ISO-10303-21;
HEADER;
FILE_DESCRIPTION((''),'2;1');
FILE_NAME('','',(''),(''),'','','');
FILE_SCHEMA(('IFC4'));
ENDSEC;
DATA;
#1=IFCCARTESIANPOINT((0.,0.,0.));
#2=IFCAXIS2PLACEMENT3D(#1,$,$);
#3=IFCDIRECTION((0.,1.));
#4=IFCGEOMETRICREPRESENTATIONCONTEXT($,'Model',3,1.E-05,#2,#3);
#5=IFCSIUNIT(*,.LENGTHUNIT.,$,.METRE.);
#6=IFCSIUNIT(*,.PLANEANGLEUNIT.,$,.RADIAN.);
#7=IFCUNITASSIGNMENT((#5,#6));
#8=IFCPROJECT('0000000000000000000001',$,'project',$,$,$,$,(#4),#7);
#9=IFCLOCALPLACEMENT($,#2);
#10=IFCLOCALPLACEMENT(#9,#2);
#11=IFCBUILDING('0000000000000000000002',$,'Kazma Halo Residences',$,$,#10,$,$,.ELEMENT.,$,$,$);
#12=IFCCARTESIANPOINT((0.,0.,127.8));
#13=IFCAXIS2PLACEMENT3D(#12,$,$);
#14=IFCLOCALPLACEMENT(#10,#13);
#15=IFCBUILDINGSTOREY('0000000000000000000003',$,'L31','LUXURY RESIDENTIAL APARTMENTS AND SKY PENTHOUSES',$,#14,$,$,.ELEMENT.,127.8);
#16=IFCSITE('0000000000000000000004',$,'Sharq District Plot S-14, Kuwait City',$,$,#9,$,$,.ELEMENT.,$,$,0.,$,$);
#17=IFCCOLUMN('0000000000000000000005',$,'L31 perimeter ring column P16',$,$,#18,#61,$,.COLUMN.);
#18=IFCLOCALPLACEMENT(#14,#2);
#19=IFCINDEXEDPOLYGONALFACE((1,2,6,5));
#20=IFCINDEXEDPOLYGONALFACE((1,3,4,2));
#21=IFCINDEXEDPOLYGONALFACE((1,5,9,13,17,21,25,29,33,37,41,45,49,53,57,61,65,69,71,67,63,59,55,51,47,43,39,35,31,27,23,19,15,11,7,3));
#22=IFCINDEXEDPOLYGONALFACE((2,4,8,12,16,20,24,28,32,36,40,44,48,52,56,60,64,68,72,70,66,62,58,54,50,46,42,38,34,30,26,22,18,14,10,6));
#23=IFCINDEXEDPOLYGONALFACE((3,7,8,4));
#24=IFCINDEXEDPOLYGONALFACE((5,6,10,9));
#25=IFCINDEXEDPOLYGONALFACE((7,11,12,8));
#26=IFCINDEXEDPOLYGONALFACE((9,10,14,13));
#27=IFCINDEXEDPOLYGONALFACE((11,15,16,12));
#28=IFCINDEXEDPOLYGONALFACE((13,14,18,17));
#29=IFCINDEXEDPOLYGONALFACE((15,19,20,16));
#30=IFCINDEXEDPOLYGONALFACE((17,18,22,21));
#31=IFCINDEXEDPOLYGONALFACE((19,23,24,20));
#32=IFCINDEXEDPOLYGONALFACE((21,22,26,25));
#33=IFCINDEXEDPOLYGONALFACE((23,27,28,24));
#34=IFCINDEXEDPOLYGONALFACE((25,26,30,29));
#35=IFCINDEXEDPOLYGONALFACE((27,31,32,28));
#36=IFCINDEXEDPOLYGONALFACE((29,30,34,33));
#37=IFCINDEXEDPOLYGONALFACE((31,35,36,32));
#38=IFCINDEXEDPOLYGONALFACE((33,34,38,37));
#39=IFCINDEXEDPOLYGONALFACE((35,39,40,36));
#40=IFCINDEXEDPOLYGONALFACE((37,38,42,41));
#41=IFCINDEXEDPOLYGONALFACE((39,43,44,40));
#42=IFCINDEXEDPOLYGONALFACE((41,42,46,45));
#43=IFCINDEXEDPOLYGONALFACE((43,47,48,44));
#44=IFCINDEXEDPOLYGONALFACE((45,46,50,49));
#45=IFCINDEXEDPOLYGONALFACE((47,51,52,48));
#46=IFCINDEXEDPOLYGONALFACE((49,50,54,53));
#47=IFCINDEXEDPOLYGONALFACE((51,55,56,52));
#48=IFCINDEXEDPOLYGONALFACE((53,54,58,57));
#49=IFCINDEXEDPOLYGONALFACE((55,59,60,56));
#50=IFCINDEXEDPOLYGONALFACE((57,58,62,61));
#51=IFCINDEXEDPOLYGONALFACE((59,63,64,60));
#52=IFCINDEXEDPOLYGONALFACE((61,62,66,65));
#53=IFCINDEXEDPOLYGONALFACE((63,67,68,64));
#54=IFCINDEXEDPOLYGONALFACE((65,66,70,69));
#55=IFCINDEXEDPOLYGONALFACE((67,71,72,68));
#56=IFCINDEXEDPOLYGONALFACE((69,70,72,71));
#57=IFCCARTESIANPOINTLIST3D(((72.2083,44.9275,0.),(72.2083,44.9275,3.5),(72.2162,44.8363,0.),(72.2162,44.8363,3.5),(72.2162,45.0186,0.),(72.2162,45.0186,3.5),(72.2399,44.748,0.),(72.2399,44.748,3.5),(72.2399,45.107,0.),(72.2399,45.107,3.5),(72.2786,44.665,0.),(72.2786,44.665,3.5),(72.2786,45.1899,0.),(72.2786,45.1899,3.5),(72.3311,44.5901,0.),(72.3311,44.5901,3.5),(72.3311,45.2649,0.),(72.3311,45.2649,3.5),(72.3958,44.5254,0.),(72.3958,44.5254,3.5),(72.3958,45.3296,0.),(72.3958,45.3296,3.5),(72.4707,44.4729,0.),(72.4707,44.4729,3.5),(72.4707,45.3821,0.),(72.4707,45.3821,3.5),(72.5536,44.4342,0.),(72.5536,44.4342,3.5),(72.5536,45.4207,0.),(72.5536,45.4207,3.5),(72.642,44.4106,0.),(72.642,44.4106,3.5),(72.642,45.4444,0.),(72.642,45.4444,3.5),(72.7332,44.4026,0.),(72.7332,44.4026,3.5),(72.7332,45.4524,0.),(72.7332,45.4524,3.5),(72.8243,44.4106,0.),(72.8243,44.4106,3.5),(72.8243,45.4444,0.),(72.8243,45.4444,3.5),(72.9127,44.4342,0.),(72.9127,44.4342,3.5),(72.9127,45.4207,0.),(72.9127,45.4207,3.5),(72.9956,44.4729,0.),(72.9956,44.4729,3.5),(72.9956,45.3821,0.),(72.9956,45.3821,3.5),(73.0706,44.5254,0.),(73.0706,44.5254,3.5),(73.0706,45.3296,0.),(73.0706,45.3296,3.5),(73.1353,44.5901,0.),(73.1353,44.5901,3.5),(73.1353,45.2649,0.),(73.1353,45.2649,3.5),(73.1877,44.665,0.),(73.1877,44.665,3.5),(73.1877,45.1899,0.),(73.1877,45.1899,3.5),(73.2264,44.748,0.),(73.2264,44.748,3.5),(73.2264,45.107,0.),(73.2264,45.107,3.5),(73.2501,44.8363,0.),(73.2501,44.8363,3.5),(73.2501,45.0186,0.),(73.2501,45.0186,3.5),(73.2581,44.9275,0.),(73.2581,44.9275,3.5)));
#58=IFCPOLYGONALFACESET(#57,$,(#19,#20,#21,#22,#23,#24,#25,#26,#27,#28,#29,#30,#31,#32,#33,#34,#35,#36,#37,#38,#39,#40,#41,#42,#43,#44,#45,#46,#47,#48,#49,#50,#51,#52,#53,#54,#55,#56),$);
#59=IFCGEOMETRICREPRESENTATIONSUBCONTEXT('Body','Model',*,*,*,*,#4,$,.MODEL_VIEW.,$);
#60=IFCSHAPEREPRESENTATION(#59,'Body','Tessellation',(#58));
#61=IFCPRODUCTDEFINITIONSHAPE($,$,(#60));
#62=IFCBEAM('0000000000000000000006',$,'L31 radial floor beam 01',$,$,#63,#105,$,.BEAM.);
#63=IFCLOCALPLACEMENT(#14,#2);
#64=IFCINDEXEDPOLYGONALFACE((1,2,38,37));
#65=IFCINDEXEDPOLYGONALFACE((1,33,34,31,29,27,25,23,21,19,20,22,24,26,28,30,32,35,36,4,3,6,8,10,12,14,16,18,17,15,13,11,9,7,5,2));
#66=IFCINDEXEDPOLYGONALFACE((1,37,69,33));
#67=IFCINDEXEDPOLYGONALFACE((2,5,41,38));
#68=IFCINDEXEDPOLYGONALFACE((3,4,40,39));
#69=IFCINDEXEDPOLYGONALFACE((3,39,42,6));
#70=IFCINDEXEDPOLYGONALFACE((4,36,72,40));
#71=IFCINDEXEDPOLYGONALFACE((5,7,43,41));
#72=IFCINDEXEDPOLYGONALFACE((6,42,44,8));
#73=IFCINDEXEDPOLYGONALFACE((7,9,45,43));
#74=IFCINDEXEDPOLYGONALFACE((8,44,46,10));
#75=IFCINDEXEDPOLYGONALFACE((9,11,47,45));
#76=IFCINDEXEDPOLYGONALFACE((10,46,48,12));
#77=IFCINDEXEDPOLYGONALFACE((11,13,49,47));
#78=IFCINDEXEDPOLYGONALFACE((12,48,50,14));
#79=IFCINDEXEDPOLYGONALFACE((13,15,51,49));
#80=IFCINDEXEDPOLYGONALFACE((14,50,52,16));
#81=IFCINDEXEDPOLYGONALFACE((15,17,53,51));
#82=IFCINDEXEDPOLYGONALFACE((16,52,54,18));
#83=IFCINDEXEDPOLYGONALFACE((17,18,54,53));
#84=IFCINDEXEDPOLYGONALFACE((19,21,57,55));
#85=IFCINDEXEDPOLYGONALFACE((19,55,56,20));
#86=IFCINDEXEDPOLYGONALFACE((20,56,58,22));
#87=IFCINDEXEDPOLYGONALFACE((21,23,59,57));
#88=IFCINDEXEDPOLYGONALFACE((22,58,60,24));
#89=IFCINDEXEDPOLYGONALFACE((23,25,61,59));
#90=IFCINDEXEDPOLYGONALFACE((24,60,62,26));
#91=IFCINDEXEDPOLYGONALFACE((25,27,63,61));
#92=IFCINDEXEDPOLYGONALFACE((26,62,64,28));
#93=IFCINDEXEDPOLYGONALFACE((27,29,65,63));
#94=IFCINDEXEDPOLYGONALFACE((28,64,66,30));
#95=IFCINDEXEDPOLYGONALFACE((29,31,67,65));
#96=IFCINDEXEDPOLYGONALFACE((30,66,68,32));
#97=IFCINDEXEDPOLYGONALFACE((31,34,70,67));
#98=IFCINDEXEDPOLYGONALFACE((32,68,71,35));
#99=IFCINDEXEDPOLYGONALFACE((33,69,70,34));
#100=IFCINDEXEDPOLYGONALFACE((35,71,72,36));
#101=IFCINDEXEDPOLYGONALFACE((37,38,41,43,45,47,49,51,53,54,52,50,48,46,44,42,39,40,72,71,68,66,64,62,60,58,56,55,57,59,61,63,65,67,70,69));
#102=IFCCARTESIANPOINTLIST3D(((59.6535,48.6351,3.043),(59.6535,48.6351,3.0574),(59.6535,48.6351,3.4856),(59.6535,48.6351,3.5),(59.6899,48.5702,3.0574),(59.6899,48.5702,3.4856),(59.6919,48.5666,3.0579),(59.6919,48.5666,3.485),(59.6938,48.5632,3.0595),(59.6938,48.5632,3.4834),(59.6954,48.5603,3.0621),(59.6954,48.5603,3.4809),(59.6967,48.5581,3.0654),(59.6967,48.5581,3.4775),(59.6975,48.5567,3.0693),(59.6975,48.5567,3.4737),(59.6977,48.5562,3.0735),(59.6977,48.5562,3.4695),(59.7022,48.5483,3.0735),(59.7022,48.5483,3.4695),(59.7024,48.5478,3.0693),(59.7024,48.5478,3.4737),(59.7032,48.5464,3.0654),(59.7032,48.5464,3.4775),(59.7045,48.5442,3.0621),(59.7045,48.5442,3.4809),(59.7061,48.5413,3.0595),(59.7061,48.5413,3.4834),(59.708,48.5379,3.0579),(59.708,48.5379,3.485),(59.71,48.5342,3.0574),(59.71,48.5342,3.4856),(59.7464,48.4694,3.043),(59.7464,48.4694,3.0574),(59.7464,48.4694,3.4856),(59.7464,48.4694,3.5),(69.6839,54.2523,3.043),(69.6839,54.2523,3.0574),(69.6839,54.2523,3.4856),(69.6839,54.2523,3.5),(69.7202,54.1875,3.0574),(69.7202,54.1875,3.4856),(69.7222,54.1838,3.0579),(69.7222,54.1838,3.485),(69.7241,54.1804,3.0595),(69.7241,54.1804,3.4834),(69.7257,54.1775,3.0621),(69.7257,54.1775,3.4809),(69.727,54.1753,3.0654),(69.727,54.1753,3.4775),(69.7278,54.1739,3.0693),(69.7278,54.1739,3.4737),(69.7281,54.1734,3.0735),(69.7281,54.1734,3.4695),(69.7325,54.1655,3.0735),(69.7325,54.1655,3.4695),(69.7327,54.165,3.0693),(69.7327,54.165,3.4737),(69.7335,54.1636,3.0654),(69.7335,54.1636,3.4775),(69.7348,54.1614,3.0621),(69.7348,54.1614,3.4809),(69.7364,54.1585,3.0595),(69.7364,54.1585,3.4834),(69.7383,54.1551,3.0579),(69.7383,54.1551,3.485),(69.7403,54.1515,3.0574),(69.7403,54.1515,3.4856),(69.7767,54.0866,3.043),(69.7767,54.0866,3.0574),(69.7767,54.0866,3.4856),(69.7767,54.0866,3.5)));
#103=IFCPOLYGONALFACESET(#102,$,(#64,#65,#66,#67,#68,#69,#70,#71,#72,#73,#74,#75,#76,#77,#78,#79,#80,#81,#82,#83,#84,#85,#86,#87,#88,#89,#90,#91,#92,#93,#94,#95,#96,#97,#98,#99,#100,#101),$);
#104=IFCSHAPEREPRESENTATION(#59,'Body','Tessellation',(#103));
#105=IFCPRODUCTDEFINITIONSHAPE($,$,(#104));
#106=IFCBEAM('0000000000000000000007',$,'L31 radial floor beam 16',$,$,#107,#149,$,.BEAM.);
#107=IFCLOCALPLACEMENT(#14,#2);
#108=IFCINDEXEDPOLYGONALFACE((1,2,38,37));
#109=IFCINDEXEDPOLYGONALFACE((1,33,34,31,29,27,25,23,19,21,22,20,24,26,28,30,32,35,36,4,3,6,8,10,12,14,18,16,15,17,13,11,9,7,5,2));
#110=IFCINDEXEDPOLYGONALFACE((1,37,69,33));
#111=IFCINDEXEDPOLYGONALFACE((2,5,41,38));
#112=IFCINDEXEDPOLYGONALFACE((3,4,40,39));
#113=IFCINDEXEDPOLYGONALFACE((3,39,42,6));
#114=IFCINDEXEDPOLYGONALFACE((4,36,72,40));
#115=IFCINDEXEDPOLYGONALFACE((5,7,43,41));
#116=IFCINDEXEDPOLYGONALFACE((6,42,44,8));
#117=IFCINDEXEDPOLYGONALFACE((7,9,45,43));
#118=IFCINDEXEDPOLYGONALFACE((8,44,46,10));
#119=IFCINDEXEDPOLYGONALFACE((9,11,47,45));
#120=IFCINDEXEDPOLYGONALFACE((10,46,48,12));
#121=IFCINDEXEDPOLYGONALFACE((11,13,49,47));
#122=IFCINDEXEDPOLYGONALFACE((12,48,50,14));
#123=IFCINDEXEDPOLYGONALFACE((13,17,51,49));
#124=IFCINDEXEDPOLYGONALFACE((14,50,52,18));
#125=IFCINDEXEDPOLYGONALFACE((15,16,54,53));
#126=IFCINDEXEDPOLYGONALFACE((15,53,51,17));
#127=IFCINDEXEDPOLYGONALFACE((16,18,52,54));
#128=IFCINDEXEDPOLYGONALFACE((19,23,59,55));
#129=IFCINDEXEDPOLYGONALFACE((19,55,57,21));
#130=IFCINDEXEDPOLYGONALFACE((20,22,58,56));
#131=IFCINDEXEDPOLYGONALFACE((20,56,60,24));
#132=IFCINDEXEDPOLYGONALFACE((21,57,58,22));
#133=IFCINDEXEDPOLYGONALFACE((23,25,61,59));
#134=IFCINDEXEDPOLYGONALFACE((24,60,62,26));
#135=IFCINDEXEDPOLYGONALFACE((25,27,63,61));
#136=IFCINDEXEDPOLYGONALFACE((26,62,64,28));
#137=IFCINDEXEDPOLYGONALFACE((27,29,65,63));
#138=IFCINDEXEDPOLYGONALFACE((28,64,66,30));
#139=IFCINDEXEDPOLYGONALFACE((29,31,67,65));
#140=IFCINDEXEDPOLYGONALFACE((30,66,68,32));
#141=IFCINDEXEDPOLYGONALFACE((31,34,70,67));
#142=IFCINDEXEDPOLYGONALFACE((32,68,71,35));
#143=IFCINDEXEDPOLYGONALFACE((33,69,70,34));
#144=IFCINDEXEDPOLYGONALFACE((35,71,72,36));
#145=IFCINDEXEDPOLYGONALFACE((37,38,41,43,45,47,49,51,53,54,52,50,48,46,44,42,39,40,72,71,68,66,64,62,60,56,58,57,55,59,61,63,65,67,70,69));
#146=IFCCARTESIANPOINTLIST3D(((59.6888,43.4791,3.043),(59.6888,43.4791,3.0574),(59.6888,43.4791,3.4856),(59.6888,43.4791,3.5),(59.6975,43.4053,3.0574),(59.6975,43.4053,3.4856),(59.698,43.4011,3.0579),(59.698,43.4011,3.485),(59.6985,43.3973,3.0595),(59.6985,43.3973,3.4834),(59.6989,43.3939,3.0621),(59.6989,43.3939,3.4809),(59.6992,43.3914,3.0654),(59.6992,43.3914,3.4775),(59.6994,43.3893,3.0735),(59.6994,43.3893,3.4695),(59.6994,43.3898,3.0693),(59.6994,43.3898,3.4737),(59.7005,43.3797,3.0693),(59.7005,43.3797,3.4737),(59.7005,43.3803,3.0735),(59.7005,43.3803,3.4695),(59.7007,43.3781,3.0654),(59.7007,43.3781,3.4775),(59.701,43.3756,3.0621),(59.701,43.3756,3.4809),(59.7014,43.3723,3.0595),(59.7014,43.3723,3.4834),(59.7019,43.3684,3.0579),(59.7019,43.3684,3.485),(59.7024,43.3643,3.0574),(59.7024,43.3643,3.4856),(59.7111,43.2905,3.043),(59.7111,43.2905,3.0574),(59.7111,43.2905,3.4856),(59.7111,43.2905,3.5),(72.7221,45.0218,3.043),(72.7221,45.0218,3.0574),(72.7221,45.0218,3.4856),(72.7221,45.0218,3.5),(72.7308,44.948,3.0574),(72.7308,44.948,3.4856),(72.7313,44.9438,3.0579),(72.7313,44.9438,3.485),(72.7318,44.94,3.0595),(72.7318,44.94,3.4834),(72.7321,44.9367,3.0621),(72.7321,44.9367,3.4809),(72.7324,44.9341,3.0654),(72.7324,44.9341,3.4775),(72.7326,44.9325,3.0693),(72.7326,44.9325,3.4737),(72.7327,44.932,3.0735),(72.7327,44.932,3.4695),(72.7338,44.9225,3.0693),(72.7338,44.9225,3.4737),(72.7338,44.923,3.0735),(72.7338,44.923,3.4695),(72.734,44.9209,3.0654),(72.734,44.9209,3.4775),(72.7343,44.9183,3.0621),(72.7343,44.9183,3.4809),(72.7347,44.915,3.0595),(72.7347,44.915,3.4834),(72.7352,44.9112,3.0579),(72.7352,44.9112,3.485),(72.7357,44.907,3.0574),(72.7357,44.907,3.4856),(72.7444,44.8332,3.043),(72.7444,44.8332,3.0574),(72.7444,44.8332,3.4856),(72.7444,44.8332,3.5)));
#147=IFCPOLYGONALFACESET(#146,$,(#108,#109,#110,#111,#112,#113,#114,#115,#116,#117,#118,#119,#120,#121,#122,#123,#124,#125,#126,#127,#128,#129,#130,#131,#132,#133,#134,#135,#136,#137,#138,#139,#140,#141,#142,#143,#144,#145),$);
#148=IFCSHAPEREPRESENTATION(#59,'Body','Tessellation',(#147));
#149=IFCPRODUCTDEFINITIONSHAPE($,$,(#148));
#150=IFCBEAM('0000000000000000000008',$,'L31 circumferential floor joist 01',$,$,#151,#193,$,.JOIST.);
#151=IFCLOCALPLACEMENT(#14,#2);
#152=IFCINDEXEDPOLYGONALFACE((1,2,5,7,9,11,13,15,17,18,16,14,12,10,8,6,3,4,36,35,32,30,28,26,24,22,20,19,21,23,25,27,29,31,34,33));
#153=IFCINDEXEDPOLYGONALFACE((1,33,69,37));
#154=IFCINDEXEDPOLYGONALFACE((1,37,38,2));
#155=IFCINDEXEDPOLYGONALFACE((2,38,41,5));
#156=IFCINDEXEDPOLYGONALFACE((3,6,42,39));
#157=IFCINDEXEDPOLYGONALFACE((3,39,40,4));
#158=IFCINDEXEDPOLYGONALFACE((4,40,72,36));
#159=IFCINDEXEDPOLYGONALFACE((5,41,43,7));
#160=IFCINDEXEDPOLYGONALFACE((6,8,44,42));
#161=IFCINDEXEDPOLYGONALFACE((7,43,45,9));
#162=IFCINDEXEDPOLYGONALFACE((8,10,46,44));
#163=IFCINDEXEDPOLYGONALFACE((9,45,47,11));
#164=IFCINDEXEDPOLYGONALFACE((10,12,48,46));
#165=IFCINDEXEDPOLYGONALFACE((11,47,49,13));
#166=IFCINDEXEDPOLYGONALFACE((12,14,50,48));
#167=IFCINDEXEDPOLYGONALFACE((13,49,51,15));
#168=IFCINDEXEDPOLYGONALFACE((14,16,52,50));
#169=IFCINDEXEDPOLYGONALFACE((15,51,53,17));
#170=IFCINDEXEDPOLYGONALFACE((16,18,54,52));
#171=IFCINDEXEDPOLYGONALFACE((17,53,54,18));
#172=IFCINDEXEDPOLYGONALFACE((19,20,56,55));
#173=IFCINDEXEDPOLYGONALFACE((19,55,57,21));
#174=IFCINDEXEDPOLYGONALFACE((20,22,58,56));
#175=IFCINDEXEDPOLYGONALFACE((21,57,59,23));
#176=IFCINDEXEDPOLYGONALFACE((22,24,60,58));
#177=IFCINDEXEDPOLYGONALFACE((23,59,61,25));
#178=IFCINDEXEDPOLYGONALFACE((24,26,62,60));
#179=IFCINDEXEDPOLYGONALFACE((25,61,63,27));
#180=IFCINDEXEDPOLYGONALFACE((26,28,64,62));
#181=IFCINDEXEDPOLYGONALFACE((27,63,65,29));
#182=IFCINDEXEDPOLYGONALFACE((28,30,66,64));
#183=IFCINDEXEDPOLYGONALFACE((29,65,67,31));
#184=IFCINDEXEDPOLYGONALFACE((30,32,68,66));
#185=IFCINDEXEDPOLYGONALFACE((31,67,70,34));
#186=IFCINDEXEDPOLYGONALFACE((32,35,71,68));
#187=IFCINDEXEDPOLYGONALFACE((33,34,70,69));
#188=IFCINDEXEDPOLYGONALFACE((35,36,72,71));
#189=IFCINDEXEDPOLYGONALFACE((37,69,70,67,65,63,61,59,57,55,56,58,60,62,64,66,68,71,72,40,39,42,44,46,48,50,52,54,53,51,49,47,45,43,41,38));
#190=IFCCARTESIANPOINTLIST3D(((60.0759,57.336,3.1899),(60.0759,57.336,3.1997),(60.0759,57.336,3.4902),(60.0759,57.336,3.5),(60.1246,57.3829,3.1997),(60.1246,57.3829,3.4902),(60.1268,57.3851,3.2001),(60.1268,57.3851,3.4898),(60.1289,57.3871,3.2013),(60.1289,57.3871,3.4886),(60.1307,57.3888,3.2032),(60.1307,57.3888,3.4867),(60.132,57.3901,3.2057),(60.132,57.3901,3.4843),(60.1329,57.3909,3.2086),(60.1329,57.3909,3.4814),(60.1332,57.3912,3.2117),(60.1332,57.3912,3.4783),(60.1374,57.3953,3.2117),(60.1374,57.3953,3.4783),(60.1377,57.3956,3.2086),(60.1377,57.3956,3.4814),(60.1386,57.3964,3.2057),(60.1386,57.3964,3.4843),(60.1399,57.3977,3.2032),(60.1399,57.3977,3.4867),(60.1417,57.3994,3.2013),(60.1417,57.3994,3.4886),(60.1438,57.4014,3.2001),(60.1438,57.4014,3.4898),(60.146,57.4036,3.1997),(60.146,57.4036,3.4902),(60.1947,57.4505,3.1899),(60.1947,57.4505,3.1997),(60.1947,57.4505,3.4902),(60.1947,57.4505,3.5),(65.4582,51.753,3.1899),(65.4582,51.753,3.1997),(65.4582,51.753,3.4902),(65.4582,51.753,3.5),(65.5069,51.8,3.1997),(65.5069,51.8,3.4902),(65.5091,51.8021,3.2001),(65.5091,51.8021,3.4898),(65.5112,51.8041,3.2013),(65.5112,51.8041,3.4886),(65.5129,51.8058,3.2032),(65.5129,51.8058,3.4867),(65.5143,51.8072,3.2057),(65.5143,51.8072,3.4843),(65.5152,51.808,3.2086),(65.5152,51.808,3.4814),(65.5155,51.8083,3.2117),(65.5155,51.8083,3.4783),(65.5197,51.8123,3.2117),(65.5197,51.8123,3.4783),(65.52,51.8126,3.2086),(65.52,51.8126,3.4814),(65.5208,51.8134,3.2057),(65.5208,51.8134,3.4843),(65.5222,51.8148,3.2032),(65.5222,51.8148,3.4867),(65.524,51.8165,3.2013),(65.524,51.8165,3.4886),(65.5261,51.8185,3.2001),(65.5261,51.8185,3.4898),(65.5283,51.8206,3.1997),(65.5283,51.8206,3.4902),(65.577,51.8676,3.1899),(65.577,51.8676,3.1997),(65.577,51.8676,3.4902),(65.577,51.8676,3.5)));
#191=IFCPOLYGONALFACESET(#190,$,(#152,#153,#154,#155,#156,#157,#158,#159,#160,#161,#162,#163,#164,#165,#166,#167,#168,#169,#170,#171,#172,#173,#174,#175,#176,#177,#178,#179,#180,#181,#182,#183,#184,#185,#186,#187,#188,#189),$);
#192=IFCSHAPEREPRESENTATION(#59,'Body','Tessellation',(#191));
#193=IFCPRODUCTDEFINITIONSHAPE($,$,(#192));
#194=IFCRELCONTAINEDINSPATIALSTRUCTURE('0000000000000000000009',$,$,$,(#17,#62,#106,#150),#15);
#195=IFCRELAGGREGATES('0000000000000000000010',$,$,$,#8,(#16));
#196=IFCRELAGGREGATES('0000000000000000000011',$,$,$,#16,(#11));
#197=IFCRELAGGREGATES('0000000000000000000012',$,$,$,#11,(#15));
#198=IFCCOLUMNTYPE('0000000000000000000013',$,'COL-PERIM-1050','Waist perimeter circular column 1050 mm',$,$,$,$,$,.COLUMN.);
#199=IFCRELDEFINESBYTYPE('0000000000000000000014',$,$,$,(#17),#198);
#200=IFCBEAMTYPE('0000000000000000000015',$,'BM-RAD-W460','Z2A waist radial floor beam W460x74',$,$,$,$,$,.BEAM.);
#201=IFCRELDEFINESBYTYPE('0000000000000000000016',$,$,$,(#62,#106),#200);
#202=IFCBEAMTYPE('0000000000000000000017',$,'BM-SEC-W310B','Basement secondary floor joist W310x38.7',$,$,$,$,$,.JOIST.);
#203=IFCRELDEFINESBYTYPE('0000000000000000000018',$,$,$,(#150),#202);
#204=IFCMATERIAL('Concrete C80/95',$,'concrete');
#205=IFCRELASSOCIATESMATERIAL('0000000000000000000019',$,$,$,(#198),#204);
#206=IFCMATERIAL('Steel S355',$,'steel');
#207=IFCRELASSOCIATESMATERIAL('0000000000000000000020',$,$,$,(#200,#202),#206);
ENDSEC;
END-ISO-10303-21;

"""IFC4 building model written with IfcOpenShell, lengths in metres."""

from ifc_helpers import new_model, si_unit, direction, frame, origin, origin_2d, place, context, subcontext, project, spatial, circle, i_section, extrude, material, material_profile, profile_set, type_object, element, save


model = new_model("IFC4")

# Units and contexts
model_context = context("Model", 3, precision=1e-05, world=origin(), true_north=direction((0.0, 1.0)))
body_context = subcontext(model_context, "Body", "Model", "MODEL_VIEW")
ifc_project = project(units=[si_unit("LENGTHUNIT", "METRE"), si_unit("PLANEANGLEUNIT", "RADIAN")], contexts=[model_context])

# Site, building, storey
site_placement = place(None, origin())
site = spatial("IfcSite", under=ifc_project, at=site_placement, Name="Sharq District Plot S-14, Kuwait City", CompositionType="ELEMENT", RefElevation=0.0)
building_placement = place(site_placement, origin())
building = spatial("IfcBuilding", under=site, at=building_placement, Name="Kazma Halo Residences", CompositionType="ELEMENT")
storey_placement = place(building_placement, frame((0.0, 0.0, 127.8)))
storey = spatial("IfcBuildingStorey", under=building, at=storey_placement, Name="L31", Description="LUXURY RESIDENTIAL APARTMENTS AND SKY PENTHOUSES", CompositionType="ELEMENT", Elevation=127.8)

# Column
ifc_material_1 = material(Name="Concrete C80/95", Category="concrete")
ifc_material_profile_1 = material_profile(ifc_material_1, circle(Radius=0.5249, at=origin_2d()), Name="CIRC1050")
ifc_profile_set_1 = profile_set([ifc_material_profile_1], Name="Concrete C80/95")
column_type = type_object("IfcColumnType", Name="COL-PERIM-1050", Description="Waist perimeter circular column 1050 mm", PredefinedType="COLUMN", material=ifc_profile_set_1)
column_placement = place(storey_placement, frame((72.7332, 44.9275, 0.0), z_axis=(0.0, 0.0, 1.0), x_axis=(1.0, 0.0, 0.0)))
element("IfcColumn", 1, at=column_placement, inside=storey, type_object=column_type, Name="L31 perimeter ring column P16", PredefinedType="COLUMN", context=body_context, shape_type="SweptSolid", body=[
    extrude(circle(Radius=0.5249, at=origin_2d()), origin(), (0.0, 0.0, 1.0), 3.5),
])

# Beams
ifc_material_2 = material(Name="Steel S355", Category="steel")
ifc_material_profile_2 = material_profile(ifc_material_2, i_section(OverallWidth=0.1899, OverallDepth=0.457, WebThickness=0.009, FlangeThickness=0.0144, FilletRadius=0.0161, at=origin_2d()), Name="W460x74")
ifc_profile_set_2 = profile_set([ifc_material_profile_2], Name="Steel S355")
beam_type_1 = type_object("IfcBeamType", Name="BM-RAD-W460", Description="Z2A waist radial floor beam W460x74", PredefinedType="BEAM", material=ifc_profile_set_2)
beam_1_placement = place(storey_placement, frame((59.7, 48.5522, 3.2715), z_axis=(0.872497, 0.488619, 0.0), x_axis=(-0.488619, 0.872497, 0.0)))
element("IfcBeam", 2, at=beam_1_placement, inside=storey, type_object=beam_type_1, Name="L31 radial floor beam 01", PredefinedType="BEAM", context=body_context, shape_type="SweptSolid", body=[
    extrude(i_section(OverallWidth=0.1899, OverallDepth=0.457, WebThickness=0.009, FlangeThickness=0.0144, FilletRadius=0.0161, at=origin_2d()), origin(), (0.0, 0.0, 1.0), 11.4961),
])
beam_2_placement = place(storey_placement, frame((59.7, 43.3848, 3.2715), z_axis=(0.993067, 0.117548, 0.0), x_axis=(-0.117548, 0.993067, 0.0)))
element("IfcBeam", 3, at=beam_2_placement, inside=storey, type_object=beam_type_1, Name="L31 radial floor beam 16", PredefinedType="BEAM", context=body_context, shape_type="SweptSolid", body=[
    extrude(i_section(OverallWidth=0.1899, OverallDepth=0.457, WebThickness=0.009, FlangeThickness=0.0144, FilletRadius=0.0161, at=origin_2d()), origin(), (0.0, 0.0, 1.0), 13.1243),
])
ifc_material_profile_3 = material_profile(ifc_material_2, i_section(OverallWidth=0.165, OverallDepth=0.3101, WebThickness=0.0059, FlangeThickness=0.0098, FilletRadius=0.012, at=origin_2d()), Name="W310x38.7")
ifc_profile_set_3 = profile_set([ifc_material_profile_3], Name="Steel S355")
beam_type_2 = type_object("IfcBeamType", Name="BM-SEC-W310B", Description="Basement secondary floor joist W310x38.7", PredefinedType="JOIST", material=ifc_profile_set_3)
beam_3_placement = place(storey_placement, frame((65.5176, 51.8103, 3.345), z_axis=(-0.694049, 0.719927, 0.0), x_axis=(-0.719927, -0.694049, 0.0)))
element("IfcBeam", 4, at=beam_3_placement, inside=storey, type_object=beam_type_2, Name="L31 circumferential floor joist 01", PredefinedType="JOIST", context=body_context, shape_type="SweptSolid", body=[
    extrude(i_section(OverallWidth=0.165, OverallDepth=0.3101, WebThickness=0.0059, FlangeThickness=0.0098, FilletRadius=0.012, at=origin_2d()), origin(), (0.0, 0.0, 1.0), 7.7549),
])

save(model, "model.ifc")
